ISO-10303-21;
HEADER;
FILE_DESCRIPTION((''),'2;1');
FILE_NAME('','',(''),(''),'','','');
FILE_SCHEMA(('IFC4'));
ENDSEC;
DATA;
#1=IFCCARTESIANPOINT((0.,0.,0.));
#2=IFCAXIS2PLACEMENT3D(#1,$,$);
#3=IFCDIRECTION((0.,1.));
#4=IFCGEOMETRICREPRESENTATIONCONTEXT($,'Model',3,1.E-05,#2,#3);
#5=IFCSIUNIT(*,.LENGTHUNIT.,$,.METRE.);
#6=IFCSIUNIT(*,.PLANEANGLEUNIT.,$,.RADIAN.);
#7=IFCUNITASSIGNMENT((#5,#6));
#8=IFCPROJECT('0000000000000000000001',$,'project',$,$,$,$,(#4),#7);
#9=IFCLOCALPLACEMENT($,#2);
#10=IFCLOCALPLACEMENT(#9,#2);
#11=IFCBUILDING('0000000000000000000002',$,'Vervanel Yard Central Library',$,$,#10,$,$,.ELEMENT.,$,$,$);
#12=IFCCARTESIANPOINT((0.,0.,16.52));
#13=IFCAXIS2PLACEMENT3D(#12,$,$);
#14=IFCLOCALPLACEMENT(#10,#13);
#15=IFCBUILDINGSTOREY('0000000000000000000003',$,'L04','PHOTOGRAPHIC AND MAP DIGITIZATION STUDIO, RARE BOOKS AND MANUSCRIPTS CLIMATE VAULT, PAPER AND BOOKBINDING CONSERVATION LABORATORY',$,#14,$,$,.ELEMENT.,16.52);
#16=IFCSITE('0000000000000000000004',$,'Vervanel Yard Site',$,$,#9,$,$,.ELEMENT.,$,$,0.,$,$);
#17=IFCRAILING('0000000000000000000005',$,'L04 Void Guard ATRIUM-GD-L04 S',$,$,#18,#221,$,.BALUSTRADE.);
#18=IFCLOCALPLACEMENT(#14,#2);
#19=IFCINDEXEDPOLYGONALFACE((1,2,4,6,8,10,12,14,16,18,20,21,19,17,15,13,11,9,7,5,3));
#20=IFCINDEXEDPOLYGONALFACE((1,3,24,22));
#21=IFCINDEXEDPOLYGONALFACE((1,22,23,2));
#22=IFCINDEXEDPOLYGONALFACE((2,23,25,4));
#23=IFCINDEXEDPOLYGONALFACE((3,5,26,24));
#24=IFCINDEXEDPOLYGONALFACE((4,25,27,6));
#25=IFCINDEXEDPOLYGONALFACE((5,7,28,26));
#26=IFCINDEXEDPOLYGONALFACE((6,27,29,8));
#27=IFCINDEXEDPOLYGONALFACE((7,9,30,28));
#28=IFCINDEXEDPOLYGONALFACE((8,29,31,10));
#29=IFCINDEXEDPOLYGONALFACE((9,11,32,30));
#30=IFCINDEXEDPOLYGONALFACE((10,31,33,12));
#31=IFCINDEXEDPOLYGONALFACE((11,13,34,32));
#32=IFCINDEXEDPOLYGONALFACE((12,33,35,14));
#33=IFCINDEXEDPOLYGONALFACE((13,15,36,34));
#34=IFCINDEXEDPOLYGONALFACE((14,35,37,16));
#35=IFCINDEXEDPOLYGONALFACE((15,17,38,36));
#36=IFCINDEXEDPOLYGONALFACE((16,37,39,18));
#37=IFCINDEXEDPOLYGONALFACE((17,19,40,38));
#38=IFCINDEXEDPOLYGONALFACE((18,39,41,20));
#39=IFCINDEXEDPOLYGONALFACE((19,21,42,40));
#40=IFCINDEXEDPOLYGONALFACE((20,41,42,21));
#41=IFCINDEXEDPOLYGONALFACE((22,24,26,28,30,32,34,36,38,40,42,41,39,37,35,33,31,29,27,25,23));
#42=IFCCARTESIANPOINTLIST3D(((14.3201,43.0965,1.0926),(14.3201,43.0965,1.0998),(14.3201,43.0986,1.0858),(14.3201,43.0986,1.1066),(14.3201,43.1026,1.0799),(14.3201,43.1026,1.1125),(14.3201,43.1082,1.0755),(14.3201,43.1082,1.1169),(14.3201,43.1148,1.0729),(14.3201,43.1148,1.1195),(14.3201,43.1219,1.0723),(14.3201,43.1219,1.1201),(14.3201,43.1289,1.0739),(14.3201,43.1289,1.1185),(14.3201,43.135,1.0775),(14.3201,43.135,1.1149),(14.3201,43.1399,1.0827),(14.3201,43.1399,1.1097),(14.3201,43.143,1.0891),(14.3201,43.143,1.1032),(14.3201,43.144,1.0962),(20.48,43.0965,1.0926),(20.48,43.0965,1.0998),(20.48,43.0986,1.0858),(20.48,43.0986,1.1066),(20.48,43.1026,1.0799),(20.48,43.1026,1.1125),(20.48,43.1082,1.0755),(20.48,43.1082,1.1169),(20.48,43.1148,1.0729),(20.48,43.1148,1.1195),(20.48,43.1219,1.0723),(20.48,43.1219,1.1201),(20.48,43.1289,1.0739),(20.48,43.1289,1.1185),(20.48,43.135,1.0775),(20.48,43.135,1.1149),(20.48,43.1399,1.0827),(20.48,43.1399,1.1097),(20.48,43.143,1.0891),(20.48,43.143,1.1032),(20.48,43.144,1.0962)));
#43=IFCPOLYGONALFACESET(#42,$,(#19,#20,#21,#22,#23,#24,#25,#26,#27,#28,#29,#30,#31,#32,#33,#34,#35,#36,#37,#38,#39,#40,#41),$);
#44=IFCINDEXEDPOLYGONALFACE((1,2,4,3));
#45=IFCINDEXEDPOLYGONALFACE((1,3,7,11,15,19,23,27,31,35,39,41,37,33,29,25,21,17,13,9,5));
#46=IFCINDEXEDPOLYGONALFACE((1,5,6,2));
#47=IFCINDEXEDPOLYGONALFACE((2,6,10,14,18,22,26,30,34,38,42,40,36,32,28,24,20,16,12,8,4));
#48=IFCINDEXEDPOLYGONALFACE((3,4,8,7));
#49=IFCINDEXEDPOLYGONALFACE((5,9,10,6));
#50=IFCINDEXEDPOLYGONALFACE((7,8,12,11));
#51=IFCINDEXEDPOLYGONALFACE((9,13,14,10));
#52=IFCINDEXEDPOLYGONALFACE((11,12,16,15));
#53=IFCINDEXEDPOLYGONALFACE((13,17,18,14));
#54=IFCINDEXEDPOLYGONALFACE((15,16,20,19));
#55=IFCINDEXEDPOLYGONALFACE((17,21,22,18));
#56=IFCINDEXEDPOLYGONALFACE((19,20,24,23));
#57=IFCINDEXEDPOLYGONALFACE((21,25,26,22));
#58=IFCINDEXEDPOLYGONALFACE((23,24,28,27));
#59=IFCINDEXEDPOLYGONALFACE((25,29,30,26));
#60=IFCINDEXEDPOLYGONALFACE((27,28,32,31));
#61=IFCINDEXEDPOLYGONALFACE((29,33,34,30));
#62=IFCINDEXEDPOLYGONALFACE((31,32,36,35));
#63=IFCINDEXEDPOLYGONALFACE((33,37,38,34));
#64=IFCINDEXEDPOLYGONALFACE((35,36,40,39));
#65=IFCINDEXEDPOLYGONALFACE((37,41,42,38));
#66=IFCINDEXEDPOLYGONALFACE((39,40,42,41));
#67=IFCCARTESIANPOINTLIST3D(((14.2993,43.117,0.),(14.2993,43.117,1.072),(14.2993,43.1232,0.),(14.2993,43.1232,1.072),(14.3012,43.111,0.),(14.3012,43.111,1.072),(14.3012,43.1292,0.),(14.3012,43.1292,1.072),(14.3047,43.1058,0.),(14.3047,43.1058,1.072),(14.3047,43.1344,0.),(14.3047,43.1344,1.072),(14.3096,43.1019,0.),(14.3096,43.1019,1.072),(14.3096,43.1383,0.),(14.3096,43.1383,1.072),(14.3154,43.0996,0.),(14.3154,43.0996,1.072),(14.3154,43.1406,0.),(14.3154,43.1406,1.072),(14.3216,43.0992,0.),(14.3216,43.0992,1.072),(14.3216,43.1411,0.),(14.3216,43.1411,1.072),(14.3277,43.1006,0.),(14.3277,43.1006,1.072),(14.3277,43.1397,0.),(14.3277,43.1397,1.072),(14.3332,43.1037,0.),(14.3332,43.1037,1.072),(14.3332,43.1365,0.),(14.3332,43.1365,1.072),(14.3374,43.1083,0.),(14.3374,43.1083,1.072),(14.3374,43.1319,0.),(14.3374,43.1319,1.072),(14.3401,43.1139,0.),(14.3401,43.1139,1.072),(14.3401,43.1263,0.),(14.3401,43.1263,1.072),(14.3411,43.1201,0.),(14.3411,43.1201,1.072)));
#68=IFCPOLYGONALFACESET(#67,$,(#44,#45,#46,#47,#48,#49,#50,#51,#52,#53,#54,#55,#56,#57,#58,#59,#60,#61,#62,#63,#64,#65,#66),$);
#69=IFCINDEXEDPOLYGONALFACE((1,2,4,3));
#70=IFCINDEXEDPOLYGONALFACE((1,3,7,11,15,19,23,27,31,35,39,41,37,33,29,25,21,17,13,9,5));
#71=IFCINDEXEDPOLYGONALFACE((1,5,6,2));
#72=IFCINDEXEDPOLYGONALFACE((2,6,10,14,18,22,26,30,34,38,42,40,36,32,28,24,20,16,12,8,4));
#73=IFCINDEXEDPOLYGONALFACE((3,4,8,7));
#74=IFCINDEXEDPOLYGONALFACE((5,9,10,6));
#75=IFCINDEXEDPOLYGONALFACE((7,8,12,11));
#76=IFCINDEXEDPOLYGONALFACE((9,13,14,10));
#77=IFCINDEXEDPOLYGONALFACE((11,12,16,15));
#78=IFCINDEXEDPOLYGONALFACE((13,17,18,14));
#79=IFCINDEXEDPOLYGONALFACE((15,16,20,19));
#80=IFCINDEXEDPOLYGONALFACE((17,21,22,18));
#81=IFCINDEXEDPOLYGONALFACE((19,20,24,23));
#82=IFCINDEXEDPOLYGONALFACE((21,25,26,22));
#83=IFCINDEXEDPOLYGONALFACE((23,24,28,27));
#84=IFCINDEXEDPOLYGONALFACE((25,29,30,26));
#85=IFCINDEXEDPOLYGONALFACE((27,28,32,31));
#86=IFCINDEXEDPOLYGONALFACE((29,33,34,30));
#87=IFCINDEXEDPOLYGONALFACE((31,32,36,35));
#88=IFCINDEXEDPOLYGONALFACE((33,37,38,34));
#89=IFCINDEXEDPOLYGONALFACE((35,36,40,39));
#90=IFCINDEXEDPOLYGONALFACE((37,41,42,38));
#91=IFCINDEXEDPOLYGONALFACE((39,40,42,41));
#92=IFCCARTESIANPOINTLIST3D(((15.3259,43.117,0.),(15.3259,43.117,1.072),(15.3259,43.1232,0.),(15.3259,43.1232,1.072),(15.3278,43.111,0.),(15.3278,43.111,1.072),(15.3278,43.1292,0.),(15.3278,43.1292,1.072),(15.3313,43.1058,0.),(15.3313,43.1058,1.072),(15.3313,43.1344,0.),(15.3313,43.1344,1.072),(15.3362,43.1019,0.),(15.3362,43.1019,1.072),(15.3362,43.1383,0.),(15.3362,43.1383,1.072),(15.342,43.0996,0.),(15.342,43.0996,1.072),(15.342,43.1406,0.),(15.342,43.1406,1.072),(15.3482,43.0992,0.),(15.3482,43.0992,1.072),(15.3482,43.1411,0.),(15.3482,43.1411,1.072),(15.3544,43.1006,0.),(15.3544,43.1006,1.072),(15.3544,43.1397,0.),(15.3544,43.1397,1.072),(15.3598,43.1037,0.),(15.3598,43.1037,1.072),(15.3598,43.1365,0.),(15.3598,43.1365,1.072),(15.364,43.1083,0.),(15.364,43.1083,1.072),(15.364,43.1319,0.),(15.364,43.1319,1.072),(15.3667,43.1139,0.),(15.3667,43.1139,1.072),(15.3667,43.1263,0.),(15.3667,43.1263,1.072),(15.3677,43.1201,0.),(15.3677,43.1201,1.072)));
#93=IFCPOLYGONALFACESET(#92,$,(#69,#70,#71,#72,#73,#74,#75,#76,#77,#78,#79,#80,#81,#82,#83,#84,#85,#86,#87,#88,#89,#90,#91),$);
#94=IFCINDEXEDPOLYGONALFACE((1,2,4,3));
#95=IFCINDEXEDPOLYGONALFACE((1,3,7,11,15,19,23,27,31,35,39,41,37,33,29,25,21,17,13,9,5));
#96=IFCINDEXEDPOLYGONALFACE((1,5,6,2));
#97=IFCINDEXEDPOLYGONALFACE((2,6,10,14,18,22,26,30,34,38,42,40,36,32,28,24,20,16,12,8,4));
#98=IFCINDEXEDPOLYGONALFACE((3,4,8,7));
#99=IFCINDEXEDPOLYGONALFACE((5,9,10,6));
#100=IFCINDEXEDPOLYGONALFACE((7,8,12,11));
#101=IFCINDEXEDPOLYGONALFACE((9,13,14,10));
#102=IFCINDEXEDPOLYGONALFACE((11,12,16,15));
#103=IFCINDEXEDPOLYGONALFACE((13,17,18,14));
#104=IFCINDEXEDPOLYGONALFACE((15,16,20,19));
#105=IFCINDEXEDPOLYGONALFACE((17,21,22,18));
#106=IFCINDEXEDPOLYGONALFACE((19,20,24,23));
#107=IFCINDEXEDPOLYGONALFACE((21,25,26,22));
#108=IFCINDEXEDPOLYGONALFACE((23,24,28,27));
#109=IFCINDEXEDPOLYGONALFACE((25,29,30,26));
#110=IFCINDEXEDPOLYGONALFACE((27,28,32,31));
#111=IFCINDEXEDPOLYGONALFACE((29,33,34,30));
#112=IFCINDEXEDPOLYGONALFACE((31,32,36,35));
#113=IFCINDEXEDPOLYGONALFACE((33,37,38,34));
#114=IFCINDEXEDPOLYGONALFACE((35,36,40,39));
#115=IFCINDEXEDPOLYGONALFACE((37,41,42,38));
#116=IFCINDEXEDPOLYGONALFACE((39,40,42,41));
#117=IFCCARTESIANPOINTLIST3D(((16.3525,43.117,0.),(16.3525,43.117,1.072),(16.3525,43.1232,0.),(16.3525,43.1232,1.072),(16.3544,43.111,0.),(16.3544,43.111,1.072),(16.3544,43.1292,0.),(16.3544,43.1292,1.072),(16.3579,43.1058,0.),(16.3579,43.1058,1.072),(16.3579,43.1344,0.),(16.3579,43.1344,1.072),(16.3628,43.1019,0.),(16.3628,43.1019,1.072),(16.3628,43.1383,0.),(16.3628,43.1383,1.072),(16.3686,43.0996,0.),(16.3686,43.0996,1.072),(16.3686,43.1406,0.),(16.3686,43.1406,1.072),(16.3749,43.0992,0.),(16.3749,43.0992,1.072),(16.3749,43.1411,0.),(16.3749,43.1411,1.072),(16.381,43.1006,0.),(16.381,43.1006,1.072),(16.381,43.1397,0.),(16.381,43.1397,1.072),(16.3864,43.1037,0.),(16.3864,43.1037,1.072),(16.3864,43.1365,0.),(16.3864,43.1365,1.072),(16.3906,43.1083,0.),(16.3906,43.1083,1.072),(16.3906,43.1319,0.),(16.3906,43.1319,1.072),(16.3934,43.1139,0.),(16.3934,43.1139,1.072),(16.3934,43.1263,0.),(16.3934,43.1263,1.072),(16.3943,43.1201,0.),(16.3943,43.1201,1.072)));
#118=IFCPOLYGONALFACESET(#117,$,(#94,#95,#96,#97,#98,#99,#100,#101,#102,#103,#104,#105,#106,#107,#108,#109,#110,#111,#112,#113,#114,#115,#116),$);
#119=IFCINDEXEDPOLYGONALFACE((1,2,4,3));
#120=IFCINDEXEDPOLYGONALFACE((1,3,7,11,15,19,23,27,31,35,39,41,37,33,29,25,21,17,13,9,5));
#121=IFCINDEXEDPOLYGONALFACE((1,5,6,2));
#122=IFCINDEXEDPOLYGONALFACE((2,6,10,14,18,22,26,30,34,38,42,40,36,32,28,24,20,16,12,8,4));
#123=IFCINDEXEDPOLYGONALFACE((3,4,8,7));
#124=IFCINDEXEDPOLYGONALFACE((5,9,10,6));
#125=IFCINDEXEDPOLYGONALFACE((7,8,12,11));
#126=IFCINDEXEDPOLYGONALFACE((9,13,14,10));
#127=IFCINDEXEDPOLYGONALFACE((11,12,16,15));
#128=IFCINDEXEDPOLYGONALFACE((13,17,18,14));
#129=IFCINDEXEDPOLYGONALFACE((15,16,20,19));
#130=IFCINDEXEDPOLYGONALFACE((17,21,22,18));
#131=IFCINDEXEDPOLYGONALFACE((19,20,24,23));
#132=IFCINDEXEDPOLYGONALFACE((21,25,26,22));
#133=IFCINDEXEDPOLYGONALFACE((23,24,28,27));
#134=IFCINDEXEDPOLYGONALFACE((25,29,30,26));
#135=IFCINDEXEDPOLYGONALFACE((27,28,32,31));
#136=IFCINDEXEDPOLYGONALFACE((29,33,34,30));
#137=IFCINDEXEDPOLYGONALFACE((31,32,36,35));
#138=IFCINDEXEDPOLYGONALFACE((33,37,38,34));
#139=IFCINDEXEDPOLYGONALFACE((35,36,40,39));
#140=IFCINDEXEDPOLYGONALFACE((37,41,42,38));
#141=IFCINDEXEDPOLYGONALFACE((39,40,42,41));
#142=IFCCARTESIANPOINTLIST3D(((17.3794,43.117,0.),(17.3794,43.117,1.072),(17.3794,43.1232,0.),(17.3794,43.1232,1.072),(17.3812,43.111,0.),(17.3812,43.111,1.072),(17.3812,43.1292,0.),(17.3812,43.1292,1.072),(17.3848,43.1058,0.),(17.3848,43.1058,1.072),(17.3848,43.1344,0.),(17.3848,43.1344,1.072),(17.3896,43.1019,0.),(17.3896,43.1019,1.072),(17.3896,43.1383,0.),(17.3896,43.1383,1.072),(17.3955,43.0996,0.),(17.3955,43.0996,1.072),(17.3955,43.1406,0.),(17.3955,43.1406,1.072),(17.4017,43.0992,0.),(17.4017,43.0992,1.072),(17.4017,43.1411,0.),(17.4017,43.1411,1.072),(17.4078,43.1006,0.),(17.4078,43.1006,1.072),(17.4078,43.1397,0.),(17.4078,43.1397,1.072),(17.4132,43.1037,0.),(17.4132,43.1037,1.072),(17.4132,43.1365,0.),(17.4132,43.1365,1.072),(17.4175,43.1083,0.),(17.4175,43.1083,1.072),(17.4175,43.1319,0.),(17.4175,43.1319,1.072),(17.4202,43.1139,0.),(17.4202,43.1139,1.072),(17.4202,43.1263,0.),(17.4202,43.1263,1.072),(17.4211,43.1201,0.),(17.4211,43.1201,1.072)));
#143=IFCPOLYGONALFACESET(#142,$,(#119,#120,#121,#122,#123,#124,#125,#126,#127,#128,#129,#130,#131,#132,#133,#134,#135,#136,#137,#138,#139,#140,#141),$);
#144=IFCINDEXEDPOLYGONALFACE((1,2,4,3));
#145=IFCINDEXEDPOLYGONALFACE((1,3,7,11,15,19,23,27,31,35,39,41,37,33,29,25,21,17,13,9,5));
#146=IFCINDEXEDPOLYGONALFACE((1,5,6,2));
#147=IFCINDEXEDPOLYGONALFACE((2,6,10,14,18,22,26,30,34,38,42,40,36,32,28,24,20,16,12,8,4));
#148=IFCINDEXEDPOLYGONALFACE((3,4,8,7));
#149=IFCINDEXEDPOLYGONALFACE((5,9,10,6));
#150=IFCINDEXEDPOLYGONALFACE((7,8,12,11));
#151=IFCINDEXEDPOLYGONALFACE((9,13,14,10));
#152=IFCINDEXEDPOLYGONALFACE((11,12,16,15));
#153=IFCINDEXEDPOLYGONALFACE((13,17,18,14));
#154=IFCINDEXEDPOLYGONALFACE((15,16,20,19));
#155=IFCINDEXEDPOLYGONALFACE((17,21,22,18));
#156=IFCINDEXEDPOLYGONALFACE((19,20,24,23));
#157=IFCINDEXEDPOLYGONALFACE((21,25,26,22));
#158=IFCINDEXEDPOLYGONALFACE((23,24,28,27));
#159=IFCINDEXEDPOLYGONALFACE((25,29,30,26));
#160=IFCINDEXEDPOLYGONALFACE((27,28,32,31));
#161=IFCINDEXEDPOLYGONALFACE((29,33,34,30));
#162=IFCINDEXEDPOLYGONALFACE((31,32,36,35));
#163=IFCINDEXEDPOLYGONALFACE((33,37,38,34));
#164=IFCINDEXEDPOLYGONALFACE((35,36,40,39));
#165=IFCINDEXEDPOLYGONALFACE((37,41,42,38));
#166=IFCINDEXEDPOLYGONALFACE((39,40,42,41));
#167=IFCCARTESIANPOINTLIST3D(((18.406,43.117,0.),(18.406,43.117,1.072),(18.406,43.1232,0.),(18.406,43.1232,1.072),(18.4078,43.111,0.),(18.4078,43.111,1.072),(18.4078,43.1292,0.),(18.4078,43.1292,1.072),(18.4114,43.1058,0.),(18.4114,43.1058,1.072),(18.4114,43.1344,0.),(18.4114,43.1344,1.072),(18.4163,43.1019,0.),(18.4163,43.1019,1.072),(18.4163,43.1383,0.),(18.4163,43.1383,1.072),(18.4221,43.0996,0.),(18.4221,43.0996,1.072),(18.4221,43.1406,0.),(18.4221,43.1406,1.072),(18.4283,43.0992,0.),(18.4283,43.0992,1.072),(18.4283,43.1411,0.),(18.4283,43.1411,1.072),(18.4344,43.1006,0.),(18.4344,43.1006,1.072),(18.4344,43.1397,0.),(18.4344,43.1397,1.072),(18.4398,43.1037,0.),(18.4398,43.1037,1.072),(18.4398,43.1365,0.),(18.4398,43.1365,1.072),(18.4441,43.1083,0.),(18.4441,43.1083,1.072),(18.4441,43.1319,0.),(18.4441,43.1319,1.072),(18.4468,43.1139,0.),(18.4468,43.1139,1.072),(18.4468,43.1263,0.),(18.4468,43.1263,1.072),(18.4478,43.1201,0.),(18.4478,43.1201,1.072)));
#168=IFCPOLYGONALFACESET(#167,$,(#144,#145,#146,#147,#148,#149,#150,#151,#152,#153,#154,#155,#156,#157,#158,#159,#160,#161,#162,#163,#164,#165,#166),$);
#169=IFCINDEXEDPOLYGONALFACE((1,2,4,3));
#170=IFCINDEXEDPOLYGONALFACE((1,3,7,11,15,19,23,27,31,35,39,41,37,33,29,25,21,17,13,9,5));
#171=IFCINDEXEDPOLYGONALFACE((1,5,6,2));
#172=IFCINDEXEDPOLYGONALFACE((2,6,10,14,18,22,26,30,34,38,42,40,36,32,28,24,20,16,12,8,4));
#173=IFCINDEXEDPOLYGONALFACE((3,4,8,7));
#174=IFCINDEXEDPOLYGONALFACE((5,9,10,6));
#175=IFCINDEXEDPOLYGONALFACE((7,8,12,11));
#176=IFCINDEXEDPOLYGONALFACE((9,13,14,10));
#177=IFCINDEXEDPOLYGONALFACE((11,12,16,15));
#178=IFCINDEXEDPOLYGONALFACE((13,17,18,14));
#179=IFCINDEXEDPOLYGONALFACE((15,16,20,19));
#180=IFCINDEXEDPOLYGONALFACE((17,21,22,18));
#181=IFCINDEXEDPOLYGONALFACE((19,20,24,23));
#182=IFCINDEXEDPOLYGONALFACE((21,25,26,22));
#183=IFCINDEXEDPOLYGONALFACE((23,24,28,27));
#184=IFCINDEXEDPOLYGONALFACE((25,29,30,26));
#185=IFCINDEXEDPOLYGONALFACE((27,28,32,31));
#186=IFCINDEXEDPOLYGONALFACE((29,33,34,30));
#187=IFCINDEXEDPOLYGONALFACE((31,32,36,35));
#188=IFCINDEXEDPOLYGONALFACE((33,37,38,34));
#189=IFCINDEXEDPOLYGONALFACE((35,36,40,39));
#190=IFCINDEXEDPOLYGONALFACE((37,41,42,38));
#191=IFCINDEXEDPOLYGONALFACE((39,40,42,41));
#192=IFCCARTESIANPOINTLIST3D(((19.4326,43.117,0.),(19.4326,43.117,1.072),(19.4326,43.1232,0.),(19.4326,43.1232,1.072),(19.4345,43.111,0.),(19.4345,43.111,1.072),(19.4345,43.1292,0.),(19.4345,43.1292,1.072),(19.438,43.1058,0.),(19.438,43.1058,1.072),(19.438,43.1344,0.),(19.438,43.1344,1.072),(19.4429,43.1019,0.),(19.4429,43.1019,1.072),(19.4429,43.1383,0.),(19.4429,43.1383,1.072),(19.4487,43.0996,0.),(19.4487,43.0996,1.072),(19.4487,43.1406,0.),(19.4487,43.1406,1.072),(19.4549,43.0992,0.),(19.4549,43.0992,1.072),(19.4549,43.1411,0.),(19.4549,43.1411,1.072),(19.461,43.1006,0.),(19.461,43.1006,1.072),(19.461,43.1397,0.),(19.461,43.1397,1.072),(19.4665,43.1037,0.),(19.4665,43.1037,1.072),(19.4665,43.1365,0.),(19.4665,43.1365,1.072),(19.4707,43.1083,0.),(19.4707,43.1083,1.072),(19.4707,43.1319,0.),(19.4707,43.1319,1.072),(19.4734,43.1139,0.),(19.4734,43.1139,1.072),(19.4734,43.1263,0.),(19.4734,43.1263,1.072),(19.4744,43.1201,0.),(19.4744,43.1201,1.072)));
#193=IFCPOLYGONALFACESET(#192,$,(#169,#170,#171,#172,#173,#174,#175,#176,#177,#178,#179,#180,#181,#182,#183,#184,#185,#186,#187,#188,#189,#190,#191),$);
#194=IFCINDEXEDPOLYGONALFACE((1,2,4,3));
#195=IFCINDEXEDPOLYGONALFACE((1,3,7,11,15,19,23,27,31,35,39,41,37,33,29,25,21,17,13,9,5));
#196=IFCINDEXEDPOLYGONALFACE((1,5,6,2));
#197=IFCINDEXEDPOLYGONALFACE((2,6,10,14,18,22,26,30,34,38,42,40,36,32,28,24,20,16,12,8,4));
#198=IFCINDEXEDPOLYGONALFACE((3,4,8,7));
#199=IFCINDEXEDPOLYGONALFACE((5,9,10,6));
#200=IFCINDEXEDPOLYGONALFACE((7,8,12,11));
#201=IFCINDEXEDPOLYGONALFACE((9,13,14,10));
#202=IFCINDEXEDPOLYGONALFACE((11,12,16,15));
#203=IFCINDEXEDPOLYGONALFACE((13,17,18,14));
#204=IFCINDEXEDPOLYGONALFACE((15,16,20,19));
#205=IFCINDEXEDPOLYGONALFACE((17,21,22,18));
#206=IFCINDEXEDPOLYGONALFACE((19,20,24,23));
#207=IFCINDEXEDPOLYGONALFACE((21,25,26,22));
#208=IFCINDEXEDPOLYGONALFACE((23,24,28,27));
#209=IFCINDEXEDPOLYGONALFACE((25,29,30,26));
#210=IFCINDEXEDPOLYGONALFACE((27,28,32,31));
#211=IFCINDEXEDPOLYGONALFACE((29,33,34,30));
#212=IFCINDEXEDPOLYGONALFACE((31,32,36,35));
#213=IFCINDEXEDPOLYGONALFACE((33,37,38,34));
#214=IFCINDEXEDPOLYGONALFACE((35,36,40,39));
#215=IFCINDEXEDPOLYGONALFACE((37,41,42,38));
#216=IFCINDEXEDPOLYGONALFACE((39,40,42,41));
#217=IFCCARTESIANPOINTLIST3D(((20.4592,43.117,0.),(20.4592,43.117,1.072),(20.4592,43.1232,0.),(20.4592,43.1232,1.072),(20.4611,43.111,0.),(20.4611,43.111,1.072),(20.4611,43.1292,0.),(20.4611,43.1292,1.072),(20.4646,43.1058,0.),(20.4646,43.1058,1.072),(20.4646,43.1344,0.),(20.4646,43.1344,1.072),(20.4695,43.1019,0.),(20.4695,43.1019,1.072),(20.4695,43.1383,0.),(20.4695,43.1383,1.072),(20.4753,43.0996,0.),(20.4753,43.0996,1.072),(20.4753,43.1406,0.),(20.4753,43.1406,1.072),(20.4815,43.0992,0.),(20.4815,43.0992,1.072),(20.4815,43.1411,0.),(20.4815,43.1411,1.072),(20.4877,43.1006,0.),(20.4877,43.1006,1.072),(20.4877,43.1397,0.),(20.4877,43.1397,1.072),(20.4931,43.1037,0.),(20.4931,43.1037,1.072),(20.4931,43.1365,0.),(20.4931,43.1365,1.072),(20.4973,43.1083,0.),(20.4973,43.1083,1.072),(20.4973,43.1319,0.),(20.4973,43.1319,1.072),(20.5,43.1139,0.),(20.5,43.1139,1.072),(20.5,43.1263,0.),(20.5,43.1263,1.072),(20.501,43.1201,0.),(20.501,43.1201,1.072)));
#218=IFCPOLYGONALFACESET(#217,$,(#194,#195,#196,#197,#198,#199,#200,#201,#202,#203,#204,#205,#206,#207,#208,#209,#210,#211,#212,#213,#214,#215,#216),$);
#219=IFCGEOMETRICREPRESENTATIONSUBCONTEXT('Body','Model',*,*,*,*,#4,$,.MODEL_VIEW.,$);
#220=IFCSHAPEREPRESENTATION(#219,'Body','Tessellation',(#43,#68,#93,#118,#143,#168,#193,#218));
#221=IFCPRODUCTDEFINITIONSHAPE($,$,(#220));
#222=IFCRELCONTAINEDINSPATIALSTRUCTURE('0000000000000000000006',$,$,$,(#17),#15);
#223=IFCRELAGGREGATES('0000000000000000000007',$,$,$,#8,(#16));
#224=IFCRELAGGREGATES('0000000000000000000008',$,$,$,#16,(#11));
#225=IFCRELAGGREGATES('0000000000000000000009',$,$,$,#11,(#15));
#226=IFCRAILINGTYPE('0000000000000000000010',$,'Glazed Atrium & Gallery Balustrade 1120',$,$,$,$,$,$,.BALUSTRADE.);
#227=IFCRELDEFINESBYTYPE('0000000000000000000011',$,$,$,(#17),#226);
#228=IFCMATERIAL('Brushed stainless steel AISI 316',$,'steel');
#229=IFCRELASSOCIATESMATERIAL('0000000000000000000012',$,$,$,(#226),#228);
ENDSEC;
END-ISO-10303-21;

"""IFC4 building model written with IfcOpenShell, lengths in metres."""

from ifc_helpers import new_model, si_unit, direction, frame, origin, origin_2d, place, context, subcontext, project, spatial, circle, extrude, material, type_object, element, save


model = new_model("IFC4")

# Units and contexts
model_context = context("Model", 3, precision=1e-05, world=origin(), true_north=direction((0.0, 1.0)))
body_context = subcontext(model_context, "Body", "Model", "MODEL_VIEW")
ifc_project = project(units=[si_unit("LENGTHUNIT", "METRE"), si_unit("PLANEANGLEUNIT", "RADIAN")], contexts=[model_context])

# Site, building, storey
site_placement = place(None, origin())
site = spatial("IfcSite", under=ifc_project, at=site_placement, Name="Vervanel Yard Site", CompositionType="ELEMENT", RefElevation=0.0)
building_placement = place(site_placement, origin())
building = spatial("IfcBuilding", under=site, at=building_placement, Name="Vervanel Yard Central Library", CompositionType="ELEMENT")
storey_placement = place(building_placement, frame((0.0, 0.0, 16.52)))
storey = spatial("IfcBuildingStorey", under=building, at=storey_placement, Name="L04", Description="PHOTOGRAPHIC AND MAP DIGITIZATION STUDIO, RARE BOOKS AND MANUSCRIPTS CLIMATE VAULT, PAPER AND BOOKBINDING CONSERVATION LABORATORY", CompositionType="ELEMENT", Elevation=16.52)

# Railing
ifc_material_1 = material(Name="Brushed stainless steel AISI 316", Category="steel")
railing_type = type_object("IfcRailingType", Name="Glazed Atrium & Gallery Balustrade 1120", PredefinedType="BALUSTRADE", material=ifc_material_1)
railing_1_placement = place(storey_placement, frame((14.3201, 43.1201, 0.0)))
element("IfcRailing", 1, at=railing_1_placement, inside=storey, type_object=railing_type, Name="L04 Void Guard ATRIUM-GD-L04 S", PredefinedType="BALUSTRADE", context=body_context, shape_type="SweptSolid", body=[
    extrude(circle(Radius=0.0239, at=origin_2d()), frame((0.0, 0.0, 1.0962), z_axis=(1.0, 0.0, 0.0), x_axis=(0.0, 1.0, 0.0)), (0.0, 0.0, 1.0), 6.1599),
    extrude(circle(Radius=0.021, at=origin_2d()), origin(), (0.0, 0.0, 1.0), 1.072),
    extrude(circle(Radius=0.021, at=origin_2d()), frame((1.0266, 0.0, 0.0)), (0.0, 0.0, 1.0), 1.072),
    extrude(circle(Radius=0.021, at=origin_2d()), frame((2.0532, 0.0, 0.0)), (0.0, 0.0, 1.0), 1.072),
    extrude(circle(Radius=0.021, at=origin_2d()), frame((3.0801, 0.0, 0.0)), (0.0, 0.0, 1.0), 1.072),
    extrude(circle(Radius=0.021, at=origin_2d()), frame((4.1067, 0.0, 0.0)), (0.0, 0.0, 1.0), 1.072),
    extrude(circle(Radius=0.021, at=origin_2d()), frame((5.1333, 0.0, 0.0)), (0.0, 0.0, 1.0), 1.072),
    extrude(circle(Radius=0.021, at=origin_2d()), frame((6.1599, 0.0, 0.0)), (0.0, 0.0, 1.0), 1.072),
])

save(model, "model.ifc")
